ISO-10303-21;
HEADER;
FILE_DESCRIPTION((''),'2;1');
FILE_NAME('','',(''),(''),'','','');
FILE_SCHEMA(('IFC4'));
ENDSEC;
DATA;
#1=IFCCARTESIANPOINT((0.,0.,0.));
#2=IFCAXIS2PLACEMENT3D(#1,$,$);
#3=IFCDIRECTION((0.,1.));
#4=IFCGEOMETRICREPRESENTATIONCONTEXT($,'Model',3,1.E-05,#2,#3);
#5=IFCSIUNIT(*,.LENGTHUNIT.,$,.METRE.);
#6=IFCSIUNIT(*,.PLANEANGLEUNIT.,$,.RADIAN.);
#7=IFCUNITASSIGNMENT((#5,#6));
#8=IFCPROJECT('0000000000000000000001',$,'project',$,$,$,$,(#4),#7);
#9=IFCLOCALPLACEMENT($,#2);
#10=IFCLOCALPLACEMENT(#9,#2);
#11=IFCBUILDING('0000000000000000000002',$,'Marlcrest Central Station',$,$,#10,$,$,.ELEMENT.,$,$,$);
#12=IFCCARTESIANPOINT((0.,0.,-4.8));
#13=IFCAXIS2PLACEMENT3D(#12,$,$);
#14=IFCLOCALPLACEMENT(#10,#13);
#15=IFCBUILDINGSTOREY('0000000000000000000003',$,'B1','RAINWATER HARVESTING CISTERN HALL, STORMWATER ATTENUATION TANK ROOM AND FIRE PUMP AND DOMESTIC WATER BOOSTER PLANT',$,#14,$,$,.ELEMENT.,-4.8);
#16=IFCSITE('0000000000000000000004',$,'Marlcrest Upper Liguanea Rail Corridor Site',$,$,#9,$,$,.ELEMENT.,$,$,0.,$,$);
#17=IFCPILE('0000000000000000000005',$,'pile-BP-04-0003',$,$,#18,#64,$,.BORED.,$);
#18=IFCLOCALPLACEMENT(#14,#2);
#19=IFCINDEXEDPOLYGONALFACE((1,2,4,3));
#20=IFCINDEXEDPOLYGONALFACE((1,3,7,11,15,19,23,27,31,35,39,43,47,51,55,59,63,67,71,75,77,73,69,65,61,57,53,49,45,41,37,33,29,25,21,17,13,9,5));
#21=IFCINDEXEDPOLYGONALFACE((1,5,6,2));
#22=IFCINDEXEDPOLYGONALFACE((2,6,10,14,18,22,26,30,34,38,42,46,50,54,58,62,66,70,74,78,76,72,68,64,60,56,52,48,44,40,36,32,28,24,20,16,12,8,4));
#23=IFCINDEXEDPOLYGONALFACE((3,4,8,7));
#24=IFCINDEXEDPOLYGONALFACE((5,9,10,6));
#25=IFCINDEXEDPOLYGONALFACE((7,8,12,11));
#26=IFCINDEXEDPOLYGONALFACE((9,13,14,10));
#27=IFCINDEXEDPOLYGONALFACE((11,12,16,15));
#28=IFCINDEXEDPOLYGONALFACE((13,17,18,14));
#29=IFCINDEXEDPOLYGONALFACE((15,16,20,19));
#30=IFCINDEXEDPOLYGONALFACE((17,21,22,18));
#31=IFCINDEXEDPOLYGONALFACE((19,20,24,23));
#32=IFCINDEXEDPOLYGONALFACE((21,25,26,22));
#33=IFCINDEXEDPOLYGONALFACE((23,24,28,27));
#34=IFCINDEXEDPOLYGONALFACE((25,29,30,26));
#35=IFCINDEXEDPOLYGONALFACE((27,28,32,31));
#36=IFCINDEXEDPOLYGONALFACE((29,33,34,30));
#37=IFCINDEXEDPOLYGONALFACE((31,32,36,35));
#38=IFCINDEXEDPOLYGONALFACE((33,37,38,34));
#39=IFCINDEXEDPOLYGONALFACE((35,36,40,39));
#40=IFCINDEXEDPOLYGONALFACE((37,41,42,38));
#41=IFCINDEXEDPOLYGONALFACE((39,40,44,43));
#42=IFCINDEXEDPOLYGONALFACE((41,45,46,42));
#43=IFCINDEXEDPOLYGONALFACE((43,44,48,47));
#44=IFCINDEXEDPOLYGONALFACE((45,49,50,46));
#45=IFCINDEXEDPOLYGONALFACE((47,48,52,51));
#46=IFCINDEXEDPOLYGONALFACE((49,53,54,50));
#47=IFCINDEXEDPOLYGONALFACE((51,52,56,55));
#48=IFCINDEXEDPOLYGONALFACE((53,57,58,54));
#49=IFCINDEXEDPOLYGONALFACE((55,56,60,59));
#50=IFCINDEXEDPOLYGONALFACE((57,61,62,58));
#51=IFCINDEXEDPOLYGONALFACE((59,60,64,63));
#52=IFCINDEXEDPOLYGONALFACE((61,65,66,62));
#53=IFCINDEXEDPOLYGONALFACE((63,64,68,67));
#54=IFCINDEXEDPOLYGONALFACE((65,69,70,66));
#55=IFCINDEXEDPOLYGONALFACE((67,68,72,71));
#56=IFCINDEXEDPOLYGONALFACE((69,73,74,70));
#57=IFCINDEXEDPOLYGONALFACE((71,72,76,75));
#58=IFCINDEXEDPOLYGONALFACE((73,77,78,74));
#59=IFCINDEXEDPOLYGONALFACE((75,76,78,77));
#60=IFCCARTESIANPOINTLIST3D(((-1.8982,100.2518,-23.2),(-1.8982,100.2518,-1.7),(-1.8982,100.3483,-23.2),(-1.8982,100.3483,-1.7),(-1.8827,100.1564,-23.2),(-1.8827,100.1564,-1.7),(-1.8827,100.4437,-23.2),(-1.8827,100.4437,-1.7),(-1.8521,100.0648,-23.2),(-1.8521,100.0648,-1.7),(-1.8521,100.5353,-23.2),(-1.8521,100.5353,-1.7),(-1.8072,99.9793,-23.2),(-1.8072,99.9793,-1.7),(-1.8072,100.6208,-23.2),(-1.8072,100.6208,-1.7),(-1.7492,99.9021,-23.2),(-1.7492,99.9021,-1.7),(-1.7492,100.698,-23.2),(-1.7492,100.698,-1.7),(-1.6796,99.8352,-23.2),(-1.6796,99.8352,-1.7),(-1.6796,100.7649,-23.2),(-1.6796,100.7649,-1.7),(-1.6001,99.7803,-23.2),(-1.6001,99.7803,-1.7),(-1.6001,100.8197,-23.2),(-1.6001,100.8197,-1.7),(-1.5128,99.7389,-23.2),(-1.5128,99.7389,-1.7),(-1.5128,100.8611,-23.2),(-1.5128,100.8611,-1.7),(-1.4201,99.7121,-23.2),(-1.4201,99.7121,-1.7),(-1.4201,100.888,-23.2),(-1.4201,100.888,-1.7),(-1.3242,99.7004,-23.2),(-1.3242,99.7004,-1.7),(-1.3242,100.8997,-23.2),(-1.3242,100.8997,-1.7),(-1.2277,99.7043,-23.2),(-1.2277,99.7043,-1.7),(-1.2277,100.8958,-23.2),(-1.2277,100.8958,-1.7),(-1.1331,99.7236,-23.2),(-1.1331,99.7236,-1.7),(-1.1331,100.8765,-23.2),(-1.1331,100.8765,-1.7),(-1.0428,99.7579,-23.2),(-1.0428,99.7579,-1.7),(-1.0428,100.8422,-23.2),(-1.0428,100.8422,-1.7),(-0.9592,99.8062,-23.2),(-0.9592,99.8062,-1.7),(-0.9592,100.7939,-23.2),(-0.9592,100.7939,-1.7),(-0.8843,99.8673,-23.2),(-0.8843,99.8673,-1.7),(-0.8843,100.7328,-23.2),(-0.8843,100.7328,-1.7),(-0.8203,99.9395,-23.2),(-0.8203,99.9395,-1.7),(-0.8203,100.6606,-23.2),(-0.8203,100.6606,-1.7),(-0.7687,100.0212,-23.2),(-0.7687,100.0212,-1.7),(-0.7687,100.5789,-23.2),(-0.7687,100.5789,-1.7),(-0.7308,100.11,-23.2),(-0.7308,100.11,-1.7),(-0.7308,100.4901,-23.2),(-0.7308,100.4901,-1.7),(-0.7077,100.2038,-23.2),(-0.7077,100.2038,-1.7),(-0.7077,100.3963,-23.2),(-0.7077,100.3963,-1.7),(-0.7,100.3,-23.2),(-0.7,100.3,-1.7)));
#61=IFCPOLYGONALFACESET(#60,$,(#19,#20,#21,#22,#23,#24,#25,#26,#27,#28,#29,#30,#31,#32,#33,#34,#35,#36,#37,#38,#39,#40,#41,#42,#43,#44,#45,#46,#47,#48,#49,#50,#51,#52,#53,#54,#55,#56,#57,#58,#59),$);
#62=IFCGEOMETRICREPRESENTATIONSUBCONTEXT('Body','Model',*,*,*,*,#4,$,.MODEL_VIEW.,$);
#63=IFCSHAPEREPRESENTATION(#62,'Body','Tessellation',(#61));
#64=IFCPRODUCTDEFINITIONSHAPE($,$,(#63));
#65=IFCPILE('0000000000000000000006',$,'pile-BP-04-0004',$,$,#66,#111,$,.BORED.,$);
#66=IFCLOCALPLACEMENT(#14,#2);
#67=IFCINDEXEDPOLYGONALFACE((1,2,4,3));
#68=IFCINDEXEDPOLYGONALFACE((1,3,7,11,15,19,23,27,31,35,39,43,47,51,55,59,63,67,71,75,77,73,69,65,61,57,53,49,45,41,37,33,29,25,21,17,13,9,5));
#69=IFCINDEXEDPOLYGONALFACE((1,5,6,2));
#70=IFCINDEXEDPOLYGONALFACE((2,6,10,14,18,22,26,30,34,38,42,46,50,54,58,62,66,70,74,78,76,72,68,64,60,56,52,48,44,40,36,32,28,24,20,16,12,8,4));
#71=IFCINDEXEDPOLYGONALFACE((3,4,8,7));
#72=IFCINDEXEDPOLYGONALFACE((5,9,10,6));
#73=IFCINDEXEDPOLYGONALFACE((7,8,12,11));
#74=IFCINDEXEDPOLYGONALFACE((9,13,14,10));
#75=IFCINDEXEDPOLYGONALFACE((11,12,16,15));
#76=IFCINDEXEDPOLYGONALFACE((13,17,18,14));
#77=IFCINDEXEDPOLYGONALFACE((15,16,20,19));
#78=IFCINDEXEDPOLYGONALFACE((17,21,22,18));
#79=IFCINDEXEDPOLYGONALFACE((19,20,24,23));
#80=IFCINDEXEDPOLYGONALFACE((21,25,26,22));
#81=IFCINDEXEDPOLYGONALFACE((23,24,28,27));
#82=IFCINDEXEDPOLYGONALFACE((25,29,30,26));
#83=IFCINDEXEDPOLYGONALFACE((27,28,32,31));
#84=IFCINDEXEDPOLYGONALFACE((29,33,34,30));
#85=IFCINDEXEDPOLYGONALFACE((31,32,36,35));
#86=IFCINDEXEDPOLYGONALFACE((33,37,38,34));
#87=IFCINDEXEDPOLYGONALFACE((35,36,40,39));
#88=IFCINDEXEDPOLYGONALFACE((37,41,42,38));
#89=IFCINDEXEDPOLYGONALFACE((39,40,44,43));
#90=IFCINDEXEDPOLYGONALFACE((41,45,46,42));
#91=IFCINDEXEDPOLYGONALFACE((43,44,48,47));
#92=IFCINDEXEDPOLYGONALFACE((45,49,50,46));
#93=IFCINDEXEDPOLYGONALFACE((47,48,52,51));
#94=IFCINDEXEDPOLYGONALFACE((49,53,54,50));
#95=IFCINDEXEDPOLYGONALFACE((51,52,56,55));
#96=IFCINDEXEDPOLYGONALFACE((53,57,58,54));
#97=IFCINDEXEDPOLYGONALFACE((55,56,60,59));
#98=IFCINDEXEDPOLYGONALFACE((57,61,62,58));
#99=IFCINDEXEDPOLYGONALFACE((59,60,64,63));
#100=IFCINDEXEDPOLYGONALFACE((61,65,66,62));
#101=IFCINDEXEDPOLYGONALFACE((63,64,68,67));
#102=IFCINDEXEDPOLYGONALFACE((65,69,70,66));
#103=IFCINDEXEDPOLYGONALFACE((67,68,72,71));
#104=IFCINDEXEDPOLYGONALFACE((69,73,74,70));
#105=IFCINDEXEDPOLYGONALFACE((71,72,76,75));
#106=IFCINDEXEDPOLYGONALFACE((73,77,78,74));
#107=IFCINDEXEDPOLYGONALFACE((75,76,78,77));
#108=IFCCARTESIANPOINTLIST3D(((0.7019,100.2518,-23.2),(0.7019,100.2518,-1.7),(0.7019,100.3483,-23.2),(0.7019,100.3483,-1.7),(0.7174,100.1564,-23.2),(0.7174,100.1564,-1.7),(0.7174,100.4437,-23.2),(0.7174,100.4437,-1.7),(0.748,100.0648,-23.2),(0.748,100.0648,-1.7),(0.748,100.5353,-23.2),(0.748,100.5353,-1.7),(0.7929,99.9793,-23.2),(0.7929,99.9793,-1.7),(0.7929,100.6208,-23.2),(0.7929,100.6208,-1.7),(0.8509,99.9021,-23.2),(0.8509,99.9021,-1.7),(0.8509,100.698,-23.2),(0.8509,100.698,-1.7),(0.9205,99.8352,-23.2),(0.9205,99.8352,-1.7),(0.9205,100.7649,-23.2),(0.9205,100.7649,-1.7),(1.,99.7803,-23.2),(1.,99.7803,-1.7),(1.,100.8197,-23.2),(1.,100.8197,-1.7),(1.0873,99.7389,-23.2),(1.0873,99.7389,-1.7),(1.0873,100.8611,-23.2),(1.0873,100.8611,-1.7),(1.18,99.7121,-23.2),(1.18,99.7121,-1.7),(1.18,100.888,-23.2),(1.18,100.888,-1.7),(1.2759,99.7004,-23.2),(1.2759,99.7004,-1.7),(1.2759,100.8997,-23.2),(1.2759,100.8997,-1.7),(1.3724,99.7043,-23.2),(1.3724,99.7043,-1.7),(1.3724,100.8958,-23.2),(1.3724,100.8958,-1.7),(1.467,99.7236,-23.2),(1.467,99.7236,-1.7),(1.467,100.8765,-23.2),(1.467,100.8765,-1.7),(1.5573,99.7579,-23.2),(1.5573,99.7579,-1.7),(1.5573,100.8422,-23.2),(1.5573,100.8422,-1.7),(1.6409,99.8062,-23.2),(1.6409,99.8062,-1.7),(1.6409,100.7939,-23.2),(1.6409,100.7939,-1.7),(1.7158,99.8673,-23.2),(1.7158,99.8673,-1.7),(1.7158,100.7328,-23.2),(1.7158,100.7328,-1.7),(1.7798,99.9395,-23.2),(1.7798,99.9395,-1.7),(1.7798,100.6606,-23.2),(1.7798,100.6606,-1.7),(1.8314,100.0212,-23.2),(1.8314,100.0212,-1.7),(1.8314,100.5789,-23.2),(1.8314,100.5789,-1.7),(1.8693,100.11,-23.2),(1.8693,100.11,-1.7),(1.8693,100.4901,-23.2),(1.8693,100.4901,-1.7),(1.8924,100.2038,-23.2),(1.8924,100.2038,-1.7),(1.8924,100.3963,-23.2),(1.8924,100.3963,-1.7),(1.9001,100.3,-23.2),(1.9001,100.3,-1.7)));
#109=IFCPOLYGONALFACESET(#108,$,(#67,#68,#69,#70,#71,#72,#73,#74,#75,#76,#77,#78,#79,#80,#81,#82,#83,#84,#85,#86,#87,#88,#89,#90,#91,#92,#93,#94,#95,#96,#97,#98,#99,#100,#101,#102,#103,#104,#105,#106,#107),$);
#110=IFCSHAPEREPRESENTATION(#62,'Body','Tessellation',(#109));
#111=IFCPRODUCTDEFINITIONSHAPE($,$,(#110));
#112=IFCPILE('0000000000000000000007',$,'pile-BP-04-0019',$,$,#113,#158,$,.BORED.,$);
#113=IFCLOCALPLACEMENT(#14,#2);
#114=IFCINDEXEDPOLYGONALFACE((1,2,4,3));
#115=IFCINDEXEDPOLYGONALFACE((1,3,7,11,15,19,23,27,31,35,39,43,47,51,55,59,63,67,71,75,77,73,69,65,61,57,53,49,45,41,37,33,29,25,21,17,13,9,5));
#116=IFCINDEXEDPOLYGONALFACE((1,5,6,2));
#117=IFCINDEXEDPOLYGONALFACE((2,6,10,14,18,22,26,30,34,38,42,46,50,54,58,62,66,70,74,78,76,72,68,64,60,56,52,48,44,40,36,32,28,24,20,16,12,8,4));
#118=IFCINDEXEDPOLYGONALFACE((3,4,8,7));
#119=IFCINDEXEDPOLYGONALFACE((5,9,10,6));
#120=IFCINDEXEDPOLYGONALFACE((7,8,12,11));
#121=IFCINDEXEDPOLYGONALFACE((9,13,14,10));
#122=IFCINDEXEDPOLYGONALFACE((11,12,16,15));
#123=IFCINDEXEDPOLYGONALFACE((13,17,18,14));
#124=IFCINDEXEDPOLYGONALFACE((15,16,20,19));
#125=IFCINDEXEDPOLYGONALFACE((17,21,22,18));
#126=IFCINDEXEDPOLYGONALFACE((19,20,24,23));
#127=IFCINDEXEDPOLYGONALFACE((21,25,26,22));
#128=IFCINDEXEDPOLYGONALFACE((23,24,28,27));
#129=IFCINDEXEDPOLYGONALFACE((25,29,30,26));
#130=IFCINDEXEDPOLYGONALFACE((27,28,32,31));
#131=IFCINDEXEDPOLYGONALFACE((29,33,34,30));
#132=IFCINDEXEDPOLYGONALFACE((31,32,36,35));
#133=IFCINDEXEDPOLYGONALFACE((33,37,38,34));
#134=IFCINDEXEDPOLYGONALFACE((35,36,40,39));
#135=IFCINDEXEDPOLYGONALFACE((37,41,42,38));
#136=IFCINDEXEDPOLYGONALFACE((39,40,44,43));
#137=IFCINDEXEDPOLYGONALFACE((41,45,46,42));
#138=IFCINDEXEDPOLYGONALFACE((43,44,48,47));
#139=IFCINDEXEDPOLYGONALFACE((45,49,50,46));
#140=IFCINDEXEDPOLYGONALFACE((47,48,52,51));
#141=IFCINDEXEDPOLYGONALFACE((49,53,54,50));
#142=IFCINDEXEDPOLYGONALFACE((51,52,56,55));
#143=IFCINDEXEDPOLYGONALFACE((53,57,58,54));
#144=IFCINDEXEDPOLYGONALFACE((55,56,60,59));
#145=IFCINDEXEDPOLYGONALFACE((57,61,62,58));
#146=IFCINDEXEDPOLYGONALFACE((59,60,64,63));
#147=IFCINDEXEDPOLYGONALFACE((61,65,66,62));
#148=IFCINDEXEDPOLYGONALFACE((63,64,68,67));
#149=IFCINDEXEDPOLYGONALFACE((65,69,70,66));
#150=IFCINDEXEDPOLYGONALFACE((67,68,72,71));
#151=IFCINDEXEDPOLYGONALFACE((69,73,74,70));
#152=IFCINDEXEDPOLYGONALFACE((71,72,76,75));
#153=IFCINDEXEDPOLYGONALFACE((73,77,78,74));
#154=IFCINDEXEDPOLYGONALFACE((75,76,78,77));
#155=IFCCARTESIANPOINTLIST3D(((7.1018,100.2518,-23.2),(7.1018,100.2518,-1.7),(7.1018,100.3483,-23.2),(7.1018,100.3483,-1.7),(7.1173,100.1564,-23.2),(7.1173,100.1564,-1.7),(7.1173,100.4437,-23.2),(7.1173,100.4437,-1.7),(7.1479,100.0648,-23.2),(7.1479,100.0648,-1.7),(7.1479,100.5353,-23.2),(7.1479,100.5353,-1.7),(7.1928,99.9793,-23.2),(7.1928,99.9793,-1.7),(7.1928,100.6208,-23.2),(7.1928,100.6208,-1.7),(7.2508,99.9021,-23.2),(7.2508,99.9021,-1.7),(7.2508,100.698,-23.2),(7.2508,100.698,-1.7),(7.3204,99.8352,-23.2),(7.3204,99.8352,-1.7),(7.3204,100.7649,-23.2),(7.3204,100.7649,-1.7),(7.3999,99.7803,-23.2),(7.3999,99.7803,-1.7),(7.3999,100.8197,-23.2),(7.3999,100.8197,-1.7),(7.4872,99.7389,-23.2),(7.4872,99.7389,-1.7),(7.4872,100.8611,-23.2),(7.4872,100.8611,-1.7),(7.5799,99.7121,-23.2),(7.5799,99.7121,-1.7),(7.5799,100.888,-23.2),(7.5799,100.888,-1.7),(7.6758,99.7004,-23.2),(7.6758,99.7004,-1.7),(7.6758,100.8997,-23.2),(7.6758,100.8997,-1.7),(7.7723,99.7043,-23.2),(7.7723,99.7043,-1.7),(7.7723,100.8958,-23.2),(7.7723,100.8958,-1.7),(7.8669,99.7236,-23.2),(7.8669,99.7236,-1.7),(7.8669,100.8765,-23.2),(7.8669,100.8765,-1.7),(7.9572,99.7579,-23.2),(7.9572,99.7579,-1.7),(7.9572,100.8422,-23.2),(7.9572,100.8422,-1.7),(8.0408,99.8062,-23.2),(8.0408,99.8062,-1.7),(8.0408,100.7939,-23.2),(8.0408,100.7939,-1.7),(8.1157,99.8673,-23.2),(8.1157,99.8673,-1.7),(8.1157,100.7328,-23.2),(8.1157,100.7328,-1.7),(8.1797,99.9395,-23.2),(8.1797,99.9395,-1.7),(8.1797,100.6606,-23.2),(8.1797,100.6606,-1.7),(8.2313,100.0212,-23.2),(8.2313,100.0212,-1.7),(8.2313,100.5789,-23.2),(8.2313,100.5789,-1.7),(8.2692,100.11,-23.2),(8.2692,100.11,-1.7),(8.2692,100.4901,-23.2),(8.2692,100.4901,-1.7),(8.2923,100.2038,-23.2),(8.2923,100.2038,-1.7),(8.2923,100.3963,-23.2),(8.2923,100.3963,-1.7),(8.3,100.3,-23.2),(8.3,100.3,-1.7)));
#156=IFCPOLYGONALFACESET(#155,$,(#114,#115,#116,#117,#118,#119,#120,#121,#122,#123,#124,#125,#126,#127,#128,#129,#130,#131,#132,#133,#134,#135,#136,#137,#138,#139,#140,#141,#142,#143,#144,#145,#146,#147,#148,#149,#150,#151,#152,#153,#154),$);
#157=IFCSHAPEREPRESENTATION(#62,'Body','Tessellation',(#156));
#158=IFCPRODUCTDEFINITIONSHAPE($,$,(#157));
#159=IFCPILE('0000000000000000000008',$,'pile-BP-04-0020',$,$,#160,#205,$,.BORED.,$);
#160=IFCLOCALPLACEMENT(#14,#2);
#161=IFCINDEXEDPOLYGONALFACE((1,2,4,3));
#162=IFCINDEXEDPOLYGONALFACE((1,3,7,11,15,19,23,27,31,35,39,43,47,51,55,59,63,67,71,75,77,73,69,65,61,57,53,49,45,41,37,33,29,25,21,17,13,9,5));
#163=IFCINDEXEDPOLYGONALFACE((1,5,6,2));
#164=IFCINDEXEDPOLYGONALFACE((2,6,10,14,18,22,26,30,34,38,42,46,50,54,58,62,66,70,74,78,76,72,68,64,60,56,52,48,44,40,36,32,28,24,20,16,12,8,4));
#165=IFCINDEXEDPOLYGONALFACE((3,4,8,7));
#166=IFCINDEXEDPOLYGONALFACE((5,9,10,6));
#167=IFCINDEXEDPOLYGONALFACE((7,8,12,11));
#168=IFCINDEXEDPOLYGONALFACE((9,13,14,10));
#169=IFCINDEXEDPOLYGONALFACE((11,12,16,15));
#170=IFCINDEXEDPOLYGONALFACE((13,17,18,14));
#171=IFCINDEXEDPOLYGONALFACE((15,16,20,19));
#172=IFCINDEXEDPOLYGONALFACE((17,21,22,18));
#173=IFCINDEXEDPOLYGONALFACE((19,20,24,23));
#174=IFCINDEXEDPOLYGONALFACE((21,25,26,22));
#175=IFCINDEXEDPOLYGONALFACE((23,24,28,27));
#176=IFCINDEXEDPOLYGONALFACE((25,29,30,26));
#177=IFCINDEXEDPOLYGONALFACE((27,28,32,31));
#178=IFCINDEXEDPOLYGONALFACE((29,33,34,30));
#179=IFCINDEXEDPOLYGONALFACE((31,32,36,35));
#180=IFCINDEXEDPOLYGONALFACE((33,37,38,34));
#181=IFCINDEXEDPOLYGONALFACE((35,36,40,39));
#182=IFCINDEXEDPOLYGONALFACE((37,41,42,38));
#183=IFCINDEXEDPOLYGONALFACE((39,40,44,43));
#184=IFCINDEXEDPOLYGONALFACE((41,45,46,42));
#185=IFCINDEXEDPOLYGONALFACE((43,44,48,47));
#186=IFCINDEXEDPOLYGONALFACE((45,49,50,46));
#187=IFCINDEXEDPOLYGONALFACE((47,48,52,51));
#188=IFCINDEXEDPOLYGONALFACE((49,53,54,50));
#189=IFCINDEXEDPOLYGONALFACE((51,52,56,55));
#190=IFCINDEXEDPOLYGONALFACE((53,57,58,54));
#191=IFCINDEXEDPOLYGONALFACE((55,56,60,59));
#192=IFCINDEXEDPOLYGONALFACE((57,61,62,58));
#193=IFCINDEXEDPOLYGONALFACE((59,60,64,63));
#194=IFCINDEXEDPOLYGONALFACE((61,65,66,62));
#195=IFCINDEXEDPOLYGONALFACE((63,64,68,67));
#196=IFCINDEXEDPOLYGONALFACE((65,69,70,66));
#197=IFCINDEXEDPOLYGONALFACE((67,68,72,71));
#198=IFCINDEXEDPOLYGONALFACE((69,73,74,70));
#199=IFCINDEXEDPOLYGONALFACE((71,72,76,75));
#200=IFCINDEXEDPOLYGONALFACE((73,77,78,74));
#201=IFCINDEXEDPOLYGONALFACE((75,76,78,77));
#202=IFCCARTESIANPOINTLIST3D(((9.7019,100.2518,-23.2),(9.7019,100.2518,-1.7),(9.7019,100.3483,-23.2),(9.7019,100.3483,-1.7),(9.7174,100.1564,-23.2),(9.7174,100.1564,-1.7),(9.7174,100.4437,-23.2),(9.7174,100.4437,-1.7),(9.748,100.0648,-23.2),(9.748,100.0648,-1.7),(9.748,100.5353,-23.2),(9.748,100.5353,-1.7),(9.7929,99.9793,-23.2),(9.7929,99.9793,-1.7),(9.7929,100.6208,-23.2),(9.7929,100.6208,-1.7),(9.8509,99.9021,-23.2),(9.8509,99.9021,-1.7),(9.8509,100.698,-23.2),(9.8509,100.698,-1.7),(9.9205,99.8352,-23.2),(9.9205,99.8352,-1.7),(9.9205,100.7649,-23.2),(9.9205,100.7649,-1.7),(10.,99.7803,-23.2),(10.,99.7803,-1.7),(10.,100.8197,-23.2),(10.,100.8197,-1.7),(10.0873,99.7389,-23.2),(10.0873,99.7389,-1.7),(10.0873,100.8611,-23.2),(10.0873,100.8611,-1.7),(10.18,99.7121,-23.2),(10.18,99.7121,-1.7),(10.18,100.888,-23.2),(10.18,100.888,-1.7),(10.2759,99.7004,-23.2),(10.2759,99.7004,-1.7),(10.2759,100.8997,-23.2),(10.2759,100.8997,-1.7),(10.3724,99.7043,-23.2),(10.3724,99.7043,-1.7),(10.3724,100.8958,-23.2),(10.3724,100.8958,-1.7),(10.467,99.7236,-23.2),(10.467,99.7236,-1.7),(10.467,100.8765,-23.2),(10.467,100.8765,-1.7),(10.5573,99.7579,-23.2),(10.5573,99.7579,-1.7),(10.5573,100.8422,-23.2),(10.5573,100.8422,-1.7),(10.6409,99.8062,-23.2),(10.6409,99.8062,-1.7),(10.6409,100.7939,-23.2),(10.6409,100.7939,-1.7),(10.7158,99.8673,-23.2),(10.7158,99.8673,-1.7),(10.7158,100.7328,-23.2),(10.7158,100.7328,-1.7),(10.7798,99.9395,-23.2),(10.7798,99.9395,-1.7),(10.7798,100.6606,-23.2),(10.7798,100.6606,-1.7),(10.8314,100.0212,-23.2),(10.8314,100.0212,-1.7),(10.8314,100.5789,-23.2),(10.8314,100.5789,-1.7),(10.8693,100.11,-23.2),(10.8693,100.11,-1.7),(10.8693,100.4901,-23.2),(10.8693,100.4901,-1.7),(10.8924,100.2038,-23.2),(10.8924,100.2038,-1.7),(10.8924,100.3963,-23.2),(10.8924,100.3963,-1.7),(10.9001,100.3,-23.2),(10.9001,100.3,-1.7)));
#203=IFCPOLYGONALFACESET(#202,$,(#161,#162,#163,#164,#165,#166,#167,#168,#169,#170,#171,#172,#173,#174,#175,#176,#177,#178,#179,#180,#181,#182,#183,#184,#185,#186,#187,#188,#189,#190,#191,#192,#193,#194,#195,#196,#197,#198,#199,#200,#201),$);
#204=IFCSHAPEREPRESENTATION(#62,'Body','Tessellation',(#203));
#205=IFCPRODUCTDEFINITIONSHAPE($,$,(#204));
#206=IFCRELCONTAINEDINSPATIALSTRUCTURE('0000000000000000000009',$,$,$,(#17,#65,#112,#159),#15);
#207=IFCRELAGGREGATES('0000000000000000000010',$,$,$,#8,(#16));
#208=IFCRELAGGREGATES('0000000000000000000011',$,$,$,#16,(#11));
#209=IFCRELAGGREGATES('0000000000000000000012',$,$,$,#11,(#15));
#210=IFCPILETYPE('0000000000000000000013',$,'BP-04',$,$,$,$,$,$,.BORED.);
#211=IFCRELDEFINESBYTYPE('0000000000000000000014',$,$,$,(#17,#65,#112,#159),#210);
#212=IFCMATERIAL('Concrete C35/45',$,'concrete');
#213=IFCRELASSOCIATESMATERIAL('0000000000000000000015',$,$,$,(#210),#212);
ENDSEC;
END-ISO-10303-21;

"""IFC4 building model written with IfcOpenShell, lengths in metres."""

from ifc_helpers import new_model, si_unit, direction, frame, origin, origin_2d, place, context, subcontext, project, spatial, circle, extrude, material, material_profile, profile_set, type_object, element, save


model = new_model("IFC4")

# Units and contexts
model_context = context("Model", 3, precision=1e-05, world=origin(), true_north=direction((0.0, 1.0)))
body_context = subcontext(model_context, "Body", "Model", "MODEL_VIEW")
ifc_project = project(units=[si_unit("LENGTHUNIT", "METRE"), si_unit("PLANEANGLEUNIT", "RADIAN")], contexts=[model_context])

# Site, building, storey
site_placement = place(None, origin())
site = spatial("IfcSite", under=ifc_project, at=site_placement, Name="Marlcrest Upper Liguanea Rail Corridor Site", CompositionType="ELEMENT", RefElevation=0.0)
building_placement = place(site_placement, origin())
building = spatial("IfcBuilding", under=site, at=building_placement, Name="Marlcrest Central Station", CompositionType="ELEMENT")
storey_placement = place(building_placement, frame((0.0, 0.0, -4.8)))
storey = spatial("IfcBuildingStorey", under=building, at=storey_placement, Name="B1", Description="RAINWATER HARVESTING CISTERN HALL, STORMWATER ATTENUATION TANK ROOM AND FIRE PUMP AND DOMESTIC WATER BOOSTER PLANT", CompositionType="ELEMENT", Elevation=-4.8)

# Piles
ifc_material_1 = material(Name="Concrete C35/45", Category="concrete")
ifc_material_profile_1 = material_profile(ifc_material_1, circle(Radius=0.6001, at=origin_2d()), Name="PILE D1200")
ifc_profile_set_1 = profile_set([ifc_material_profile_1], Name="Concrete C35/45")
pile_type = type_object("IfcPileType", Name="BP-04", PredefinedType="BORED", material=ifc_profile_set_1)
for number, where, z_axis, x_axis, name in (
    (1, (-1.3, 100.3, -1.7), (0.0, 0.0, -1.0), (1.0, 0.0, 0.0), "pile-BP-04-0003"),
    (2, (1.3, 100.3, -1.7), (0.0, 0.0, -1.0), (1.0, 0.0, 0.0), "pile-BP-04-0004"),
    (3, (7.7, 100.3, -1.7), (0.0, 0.0, -1.0), (1.0, 0.0, 0.0), "pile-BP-04-0019"),
    (4, (10.3, 100.3, -1.7), (0.0, 0.0, -1.0), (1.0, 0.0, 0.0), "pile-BP-04-0020"),
):
    element("IfcPile", number, at=place(storey_placement, frame(where, z_axis=z_axis, x_axis=x_axis)), inside=storey, type_object=pile_type, Name=name, PredefinedType="BORED", context=body_context, shape_type="SweptSolid", body=[
        extrude(circle(Radius=0.6001, at=origin_2d()), origin(), (0.0, 0.0, 1.0), 21.5),
    ])

save(model, "model.ifc")
